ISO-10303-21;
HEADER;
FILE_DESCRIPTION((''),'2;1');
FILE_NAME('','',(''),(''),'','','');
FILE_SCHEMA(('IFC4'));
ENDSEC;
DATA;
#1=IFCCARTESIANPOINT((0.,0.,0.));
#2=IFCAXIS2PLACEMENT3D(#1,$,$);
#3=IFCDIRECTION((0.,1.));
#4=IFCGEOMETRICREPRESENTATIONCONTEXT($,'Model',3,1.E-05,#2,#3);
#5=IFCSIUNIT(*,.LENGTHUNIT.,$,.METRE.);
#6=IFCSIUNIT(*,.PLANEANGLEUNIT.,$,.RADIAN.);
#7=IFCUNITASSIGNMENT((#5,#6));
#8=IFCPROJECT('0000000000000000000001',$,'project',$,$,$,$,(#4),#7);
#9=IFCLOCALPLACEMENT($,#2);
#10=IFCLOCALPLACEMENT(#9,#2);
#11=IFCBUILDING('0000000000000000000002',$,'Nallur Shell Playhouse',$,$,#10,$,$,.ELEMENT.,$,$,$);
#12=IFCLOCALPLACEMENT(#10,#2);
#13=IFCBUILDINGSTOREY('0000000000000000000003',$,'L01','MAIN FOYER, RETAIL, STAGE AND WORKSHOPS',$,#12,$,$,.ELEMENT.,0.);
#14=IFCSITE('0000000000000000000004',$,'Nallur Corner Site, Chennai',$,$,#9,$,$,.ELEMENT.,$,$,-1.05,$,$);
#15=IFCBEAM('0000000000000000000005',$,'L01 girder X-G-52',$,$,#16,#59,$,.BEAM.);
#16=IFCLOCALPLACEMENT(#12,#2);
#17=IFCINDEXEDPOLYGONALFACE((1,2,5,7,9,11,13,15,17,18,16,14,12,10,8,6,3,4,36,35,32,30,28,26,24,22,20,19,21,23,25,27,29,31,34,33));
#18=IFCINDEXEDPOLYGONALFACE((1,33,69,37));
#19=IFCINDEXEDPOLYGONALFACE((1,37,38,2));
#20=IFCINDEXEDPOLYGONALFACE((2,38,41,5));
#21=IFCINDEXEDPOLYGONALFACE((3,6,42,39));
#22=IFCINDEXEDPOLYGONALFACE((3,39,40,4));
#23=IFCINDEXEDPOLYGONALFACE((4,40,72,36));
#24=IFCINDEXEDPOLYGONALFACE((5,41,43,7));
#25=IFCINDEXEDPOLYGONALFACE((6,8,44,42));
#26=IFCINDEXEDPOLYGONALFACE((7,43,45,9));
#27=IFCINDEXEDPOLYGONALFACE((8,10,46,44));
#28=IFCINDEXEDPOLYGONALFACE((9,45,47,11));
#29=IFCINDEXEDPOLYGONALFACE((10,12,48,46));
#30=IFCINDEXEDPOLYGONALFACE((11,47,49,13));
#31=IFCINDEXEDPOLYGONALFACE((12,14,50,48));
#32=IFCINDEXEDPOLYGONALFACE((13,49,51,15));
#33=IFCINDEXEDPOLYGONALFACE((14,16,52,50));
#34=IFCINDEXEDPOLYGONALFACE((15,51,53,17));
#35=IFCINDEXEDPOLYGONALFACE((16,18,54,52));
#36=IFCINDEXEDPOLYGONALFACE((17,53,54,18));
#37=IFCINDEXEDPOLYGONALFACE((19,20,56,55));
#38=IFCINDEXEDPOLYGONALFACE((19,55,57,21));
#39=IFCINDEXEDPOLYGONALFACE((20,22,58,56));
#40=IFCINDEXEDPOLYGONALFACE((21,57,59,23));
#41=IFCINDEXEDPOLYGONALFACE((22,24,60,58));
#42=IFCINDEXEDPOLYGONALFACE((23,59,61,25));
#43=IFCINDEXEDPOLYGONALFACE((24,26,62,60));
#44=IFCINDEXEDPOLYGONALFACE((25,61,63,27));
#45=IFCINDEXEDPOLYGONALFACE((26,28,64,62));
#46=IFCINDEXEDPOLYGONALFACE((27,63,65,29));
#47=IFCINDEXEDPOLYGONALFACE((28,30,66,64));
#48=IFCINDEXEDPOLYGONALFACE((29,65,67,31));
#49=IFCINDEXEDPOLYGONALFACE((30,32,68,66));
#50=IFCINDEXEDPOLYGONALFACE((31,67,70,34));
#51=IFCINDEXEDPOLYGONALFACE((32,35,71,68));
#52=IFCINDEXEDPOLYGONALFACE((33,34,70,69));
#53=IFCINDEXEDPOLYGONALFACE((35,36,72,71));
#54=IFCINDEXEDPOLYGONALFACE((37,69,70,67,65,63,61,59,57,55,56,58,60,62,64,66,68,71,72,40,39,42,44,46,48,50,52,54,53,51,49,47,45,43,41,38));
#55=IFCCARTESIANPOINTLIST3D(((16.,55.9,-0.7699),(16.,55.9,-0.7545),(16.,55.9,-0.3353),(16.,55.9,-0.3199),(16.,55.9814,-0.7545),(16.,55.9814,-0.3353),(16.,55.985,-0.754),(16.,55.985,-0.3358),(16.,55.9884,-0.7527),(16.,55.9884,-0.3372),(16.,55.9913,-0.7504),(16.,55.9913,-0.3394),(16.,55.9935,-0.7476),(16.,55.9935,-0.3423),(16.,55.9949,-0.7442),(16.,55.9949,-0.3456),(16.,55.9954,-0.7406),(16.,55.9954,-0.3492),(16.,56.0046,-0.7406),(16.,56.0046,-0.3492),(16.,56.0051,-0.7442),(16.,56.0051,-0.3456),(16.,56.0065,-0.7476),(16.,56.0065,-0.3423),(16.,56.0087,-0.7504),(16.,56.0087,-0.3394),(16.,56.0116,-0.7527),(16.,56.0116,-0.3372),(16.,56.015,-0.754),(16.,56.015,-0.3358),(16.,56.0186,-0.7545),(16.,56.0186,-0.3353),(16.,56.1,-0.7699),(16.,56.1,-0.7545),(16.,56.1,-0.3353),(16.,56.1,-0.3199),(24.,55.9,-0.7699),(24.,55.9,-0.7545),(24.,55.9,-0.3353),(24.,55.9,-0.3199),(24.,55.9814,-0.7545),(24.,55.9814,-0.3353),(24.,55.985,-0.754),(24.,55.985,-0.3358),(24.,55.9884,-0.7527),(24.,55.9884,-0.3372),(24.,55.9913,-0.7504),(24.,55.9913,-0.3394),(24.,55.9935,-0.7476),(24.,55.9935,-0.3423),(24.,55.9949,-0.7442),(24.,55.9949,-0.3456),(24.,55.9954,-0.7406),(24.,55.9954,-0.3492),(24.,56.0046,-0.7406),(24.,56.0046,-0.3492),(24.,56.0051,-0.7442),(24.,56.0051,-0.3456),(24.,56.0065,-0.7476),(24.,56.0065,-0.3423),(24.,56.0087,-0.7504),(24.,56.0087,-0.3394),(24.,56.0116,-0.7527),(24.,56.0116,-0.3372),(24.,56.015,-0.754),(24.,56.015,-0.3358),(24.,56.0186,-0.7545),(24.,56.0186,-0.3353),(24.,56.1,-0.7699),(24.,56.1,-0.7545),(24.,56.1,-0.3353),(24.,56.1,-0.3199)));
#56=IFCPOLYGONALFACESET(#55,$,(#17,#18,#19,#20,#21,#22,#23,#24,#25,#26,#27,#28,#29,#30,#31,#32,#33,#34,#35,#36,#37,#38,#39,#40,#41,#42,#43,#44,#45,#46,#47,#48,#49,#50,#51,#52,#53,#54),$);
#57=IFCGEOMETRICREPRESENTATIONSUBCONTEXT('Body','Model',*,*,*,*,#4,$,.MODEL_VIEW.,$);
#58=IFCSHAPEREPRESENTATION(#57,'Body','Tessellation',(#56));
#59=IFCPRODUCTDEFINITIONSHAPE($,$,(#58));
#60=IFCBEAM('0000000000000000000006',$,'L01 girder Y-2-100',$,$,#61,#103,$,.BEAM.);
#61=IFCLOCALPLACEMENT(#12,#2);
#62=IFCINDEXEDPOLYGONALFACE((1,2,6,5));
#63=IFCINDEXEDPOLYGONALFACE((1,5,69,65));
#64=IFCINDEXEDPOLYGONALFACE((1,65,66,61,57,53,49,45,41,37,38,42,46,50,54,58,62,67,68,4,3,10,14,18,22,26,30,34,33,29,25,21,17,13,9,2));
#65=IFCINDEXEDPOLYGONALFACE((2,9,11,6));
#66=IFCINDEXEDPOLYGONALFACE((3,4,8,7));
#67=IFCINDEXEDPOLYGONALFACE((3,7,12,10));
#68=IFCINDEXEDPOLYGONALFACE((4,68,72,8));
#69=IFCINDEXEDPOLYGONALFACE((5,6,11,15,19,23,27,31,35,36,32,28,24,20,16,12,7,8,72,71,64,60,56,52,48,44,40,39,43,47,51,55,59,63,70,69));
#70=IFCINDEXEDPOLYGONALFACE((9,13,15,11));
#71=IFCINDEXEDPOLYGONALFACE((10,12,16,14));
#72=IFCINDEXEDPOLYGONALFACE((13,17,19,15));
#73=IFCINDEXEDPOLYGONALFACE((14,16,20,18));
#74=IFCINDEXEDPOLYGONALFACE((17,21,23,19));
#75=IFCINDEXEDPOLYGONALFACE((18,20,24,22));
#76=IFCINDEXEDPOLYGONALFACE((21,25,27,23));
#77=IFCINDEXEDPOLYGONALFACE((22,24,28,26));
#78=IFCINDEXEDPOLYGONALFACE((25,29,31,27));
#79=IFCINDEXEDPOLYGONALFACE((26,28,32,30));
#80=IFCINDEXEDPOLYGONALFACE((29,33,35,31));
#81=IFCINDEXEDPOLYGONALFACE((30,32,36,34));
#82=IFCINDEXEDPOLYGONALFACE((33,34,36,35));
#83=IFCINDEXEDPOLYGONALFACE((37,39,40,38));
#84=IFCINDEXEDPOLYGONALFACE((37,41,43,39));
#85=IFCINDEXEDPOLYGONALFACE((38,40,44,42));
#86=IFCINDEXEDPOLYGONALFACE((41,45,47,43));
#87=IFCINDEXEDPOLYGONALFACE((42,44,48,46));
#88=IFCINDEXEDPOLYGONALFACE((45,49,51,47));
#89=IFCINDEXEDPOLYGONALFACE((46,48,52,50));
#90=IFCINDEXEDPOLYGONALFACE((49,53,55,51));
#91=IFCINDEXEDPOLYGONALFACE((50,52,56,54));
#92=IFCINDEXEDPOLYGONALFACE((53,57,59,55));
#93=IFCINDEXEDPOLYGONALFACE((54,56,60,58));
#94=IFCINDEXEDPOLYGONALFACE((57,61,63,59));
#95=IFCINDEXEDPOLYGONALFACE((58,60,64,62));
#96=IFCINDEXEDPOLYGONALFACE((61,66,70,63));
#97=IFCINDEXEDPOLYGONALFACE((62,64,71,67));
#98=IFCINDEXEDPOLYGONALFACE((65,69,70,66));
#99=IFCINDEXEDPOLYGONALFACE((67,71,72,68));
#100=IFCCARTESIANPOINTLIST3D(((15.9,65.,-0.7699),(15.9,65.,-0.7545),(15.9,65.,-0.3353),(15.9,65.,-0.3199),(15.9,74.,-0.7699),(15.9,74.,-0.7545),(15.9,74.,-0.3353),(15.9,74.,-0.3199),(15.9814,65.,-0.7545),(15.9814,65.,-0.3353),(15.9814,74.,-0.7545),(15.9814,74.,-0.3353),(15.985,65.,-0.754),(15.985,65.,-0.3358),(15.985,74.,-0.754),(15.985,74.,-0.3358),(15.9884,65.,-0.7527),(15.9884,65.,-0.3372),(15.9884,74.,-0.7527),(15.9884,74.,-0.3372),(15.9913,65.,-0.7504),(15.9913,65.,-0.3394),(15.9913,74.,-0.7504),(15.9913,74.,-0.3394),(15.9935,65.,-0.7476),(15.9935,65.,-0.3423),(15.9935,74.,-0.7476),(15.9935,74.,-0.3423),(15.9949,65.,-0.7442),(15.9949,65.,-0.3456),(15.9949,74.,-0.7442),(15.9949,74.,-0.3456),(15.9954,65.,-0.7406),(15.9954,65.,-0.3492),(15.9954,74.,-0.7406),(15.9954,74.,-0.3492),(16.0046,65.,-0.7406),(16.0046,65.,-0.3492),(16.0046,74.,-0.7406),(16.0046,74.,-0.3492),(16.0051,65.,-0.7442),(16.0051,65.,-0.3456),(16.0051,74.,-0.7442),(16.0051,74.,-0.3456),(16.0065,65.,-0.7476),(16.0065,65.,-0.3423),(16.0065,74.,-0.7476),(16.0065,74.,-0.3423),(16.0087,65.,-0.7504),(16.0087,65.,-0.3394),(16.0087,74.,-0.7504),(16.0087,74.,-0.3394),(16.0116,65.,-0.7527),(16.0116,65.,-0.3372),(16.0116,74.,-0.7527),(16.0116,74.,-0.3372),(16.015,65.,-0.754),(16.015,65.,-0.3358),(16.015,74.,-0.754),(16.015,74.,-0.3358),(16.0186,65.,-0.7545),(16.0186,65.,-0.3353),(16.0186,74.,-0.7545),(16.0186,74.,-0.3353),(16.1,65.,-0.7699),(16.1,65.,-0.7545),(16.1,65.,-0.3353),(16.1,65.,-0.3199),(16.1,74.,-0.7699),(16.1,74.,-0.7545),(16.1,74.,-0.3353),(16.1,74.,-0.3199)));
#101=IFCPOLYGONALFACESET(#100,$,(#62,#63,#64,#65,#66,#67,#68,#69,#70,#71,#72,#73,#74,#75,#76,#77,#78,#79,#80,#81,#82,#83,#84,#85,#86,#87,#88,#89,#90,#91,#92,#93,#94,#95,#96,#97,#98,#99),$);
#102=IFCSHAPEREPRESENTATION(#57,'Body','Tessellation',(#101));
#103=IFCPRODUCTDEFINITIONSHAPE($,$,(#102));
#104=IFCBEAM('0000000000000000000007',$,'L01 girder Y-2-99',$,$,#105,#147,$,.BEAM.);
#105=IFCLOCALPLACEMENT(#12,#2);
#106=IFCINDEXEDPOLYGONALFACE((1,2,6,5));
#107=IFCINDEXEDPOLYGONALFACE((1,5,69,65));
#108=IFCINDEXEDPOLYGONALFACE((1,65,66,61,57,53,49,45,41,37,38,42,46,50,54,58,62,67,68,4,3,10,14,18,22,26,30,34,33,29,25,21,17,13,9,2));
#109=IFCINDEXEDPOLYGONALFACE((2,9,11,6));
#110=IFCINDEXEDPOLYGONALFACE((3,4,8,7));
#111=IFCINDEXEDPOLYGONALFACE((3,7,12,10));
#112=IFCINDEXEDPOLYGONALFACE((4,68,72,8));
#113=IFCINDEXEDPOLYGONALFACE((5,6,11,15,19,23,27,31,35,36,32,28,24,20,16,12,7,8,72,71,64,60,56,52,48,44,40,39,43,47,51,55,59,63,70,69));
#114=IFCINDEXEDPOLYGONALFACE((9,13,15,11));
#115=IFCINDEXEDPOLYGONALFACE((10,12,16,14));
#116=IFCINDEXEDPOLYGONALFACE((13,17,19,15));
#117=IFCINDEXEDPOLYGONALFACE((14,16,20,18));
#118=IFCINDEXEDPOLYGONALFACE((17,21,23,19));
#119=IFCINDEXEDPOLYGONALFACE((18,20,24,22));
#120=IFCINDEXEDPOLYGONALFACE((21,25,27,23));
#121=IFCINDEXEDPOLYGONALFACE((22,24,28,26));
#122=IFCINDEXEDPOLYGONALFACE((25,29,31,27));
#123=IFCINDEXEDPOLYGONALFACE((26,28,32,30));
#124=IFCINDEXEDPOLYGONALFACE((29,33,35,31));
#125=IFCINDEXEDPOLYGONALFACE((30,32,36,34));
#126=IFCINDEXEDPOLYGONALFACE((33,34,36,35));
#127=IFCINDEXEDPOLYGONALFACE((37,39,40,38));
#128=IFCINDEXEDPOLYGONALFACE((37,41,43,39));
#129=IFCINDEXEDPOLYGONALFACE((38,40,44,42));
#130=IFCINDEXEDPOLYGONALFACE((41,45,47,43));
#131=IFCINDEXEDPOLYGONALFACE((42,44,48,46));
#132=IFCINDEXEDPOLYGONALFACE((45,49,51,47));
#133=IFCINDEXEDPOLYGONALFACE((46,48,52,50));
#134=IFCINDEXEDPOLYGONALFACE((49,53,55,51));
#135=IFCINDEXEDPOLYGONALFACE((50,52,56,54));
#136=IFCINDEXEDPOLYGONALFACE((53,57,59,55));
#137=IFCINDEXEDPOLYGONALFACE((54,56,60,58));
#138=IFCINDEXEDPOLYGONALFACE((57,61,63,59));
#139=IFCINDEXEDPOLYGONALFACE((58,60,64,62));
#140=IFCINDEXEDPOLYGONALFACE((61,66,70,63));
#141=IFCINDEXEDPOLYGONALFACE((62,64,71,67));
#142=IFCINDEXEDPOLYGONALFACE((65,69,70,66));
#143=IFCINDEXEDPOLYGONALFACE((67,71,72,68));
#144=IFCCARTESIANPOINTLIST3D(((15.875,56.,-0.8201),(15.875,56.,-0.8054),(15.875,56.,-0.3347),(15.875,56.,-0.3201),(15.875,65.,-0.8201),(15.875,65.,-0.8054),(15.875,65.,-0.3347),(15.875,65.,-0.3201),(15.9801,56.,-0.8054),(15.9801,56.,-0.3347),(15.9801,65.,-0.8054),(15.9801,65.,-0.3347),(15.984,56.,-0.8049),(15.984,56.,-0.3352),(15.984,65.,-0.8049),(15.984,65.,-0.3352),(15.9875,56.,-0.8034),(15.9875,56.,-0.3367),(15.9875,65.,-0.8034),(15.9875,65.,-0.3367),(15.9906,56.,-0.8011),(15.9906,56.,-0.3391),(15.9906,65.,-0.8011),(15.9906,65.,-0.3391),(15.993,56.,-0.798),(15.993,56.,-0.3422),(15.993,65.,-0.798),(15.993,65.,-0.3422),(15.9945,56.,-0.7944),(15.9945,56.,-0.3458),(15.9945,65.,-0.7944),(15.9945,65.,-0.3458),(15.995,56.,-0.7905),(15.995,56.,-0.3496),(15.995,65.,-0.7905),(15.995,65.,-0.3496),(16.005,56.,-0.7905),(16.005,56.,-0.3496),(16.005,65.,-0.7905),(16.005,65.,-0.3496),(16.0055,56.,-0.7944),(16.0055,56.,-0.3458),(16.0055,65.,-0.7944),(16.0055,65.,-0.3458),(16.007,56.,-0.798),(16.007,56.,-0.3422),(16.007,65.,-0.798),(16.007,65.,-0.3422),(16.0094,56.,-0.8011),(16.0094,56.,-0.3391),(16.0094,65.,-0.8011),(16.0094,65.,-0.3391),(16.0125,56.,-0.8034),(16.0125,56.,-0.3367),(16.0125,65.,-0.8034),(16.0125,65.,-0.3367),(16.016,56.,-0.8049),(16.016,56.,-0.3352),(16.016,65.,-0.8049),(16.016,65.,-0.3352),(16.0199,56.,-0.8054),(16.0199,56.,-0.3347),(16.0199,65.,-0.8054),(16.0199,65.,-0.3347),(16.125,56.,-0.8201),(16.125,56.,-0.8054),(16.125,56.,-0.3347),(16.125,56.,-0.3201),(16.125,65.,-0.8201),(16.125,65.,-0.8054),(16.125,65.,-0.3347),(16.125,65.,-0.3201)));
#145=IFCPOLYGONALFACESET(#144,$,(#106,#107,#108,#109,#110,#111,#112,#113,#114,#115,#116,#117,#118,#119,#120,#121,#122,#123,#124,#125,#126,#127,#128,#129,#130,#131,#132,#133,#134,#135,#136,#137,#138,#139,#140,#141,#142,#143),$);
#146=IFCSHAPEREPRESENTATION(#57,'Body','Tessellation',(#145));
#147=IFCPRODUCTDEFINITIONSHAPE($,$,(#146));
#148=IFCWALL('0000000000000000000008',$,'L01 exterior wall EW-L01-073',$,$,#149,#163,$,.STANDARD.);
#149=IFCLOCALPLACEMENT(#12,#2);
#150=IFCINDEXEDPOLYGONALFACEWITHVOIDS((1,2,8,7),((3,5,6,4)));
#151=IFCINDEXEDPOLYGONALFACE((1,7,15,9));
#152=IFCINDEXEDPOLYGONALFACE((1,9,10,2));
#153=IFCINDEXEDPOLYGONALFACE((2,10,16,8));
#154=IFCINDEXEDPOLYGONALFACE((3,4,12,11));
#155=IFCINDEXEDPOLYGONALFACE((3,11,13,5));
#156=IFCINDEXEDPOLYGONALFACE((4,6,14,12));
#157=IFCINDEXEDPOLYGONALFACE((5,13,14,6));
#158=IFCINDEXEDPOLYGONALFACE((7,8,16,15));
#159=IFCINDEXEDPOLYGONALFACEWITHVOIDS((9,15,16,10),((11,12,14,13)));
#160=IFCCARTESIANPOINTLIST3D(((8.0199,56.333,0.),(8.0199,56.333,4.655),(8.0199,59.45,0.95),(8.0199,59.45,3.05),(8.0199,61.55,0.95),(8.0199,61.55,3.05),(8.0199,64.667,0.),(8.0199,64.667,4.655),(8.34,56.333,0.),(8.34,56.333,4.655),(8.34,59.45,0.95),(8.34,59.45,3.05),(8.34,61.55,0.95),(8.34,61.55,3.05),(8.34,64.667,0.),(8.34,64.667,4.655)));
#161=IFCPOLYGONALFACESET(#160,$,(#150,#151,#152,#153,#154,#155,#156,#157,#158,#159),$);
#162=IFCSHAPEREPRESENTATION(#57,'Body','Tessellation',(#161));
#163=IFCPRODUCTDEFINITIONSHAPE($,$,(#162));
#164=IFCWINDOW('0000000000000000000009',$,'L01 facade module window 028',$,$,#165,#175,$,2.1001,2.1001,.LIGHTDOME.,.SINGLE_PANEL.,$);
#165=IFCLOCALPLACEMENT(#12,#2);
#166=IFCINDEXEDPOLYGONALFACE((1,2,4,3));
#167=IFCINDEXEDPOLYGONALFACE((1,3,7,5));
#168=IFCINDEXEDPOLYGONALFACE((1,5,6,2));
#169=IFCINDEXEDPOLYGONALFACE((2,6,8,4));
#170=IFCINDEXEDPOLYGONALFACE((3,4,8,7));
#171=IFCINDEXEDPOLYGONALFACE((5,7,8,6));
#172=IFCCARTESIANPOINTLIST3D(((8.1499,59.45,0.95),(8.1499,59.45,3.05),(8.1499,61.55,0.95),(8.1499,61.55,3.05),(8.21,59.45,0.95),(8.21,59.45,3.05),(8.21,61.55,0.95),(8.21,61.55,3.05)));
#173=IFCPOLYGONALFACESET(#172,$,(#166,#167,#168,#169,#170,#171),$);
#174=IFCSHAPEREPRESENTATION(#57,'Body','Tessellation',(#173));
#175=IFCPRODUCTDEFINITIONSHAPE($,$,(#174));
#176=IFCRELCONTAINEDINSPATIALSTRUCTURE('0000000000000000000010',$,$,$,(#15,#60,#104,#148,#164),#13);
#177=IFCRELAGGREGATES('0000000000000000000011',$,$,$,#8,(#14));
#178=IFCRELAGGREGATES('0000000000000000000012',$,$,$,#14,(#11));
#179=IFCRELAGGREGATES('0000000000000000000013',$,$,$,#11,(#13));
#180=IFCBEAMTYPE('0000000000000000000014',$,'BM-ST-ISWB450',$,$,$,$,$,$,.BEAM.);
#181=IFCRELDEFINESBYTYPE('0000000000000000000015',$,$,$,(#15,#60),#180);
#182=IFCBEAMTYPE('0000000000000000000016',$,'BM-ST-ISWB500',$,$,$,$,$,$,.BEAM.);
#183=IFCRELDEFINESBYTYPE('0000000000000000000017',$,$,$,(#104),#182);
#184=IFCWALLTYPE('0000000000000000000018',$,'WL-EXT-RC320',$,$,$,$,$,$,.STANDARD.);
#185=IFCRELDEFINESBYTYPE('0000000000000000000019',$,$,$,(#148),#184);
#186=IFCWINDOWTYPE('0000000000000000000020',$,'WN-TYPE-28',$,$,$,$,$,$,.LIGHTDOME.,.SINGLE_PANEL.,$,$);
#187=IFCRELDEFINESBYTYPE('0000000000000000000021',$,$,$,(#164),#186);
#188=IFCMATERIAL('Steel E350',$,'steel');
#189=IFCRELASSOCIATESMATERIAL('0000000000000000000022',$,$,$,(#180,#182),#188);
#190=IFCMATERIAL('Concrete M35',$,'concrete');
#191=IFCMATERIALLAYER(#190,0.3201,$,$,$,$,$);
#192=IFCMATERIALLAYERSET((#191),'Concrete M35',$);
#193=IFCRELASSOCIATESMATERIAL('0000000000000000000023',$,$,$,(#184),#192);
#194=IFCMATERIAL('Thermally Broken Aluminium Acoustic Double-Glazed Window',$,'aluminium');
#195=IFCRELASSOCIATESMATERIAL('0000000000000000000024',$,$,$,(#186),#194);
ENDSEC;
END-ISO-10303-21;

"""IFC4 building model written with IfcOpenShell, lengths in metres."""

from ifc_helpers import new_model, si_unit, direction, frame, frame_2d, origin, origin_2d, place, context, subcontext, project, spatial, rectangle, i_section, extrude, material, layer, layer_set, material_profile, profile_set, type_object, element, fill, save


model = new_model("IFC4")

# Units and contexts
model_context = context("Model", 3, precision=1e-05, world=origin(), true_north=direction((0.0, 1.0)))
body_context = subcontext(model_context, "Body", "Model", "MODEL_VIEW")
ifc_project = project(units=[si_unit("LENGTHUNIT", "METRE"), si_unit("PLANEANGLEUNIT", "RADIAN")], contexts=[model_context])

# Site, building, storey
site_placement = place(None, origin())
site = spatial("IfcSite", under=ifc_project, at=site_placement, Name="Nallur Corner Site, Chennai", CompositionType="ELEMENT", RefElevation=-1.05)
building_placement = place(site_placement, origin())
building = spatial("IfcBuilding", under=site, at=building_placement, Name="Nallur Shell Playhouse", CompositionType="ELEMENT")
storey_placement = place(building_placement, origin())
storey = spatial("IfcBuildingStorey", under=building, at=storey_placement, Name="L01", Description="MAIN FOYER, RETAIL, STAGE AND WORKSHOPS", CompositionType="ELEMENT", Elevation=0.0)

# Shared definitions
ifc_material_1 = material(Name="Concrete M35", Category="concrete")

# Beams
ifc_material_2 = material(Name="Steel E350", Category="steel")
ifc_material_profile_1 = material_profile(ifc_material_2, i_section(OverallWidth=0.2, OverallDepth=0.45, WebThickness=0.0093, FlangeThickness=0.0154, FilletRadius=0.0139, at=origin_2d()), Name="ISWB 450")
ifc_profile_set_1 = profile_set([ifc_material_profile_1], Name="Steel E350")
beam_type_1 = type_object("IfcBeamType", Name="BM-ST-ISWB450", PredefinedType="BEAM", material=ifc_profile_set_1)
beam_1_placement = place(storey_placement, frame((16.0, 56.0, -0.5449), z_axis=(1.0, 0.0, 0.0), x_axis=(0.0, 1.0, 0.0)))
element("IfcBeam", 1, at=beam_1_placement, inside=storey, type_object=beam_type_1, Name="L01 girder X-G-52", PredefinedType="BEAM", context=body_context, shape_type="SweptSolid", body=[
    extrude(i_section(OverallWidth=0.2, OverallDepth=0.45, WebThickness=0.0093, FlangeThickness=0.0154, FilletRadius=0.0139, at=origin_2d()), origin(), (0.0, 0.0, 1.0), 8.0),
])
beam_2_placement = place(storey_placement, frame((16.0, 65.0, -0.5449), z_axis=(0.0, 1.0, 0.0), x_axis=(-1.0, 0.0, 0.0)))
element("IfcBeam", 2, at=beam_2_placement, inside=storey, type_object=beam_type_1, Name="L01 girder Y-2-100", PredefinedType="BEAM", context=body_context, shape_type="SweptSolid", body=[
    extrude(i_section(OverallWidth=0.2, OverallDepth=0.45, WebThickness=0.0093, FlangeThickness=0.0154, FilletRadius=0.0139, at=origin_2d()), origin(), (0.0, 0.0, 1.0), 9.0),
])
ifc_material_profile_2 = material_profile(ifc_material_2, i_section(OverallWidth=0.25, OverallDepth=0.5, WebThickness=0.01, FlangeThickness=0.0146, FilletRadius=0.0149, at=origin_2d()), Name="ISWB 500")
ifc_profile_set_2 = profile_set([ifc_material_profile_2], Name="Steel E350")
beam_type_2 = type_object("IfcBeamType", Name="BM-ST-ISWB500", PredefinedType="BEAM", material=ifc_profile_set_2)
beam_3_placement = place(storey_placement, frame((16.0, 56.0, -0.5701), z_axis=(0.0, 1.0, 0.0), x_axis=(-1.0, 0.0, 0.0)))
element("IfcBeam", 3, at=beam_3_placement, inside=storey, type_object=beam_type_2, Name="L01 girder Y-2-99", PredefinedType="BEAM", context=body_context, shape_type="SweptSolid", body=[
    extrude(i_section(OverallWidth=0.25, OverallDepth=0.5, WebThickness=0.01, FlangeThickness=0.0146, FilletRadius=0.0149, at=origin_2d()), origin(), (0.0, 0.0, 1.0), 9.0),
])

# Wall, opening, window
ifc_layer_1 = layer(ifc_material_1, 0.3201)
ifc_layer_set_1 = layer_set([ifc_layer_1], Name="Concrete M35")
wall_type_1 = type_object("IfcWallType", Name="WL-EXT-RC320", PredefinedType="STANDARD", material=ifc_layer_set_1)
wall_1_placement = place(storey_placement, frame((8.1799, 56.333, 0.0), z_axis=(0.0, 0.0, 1.0), x_axis=(0.0, 1.0, 0.0)))
wall_1 = element("IfcWall", 4, at=wall_1_placement, inside=storey, type_object=wall_type_1, Name="L01 exterior wall EW-L01-073", PredefinedType="STANDARD", context=body_context, shape_type="SweptSolid", body=[
    extrude(rectangle(XDim=8.334, YDim=0.3201, at=frame_2d((4.167, 0.0))), origin(), (0.0, 0.0, 1.0), 4.655),
])
opening_1_placement = place(wall_1_placement, frame((3.1169, 0.0, 0.95)))
opening_1 = element("IfcOpeningElement", 5, at=opening_1_placement, cuts=wall_1, PredefinedType="OPENING", context=body_context, shape_type="SweptSolid", body=[
    extrude(rectangle(XDim=2.1001, YDim=2.1001, at=frame_2d((1.05, 1.05))), frame((0.0, 0.1699, 0.0), z_axis=(0.0, -1.0, 0.0), x_axis=(1.0, 0.0, 0.0)), (0.0, 0.0, 1.0), 0.3401),
])
ifc_material_3 = material(Name="Thermally Broken Aluminium Acoustic Double-Glazed Window", Category="aluminium")
window_type_1 = type_object("IfcWindowType", Name="WN-TYPE-28", PartitioningType="SINGLE_PANEL", PredefinedType="LIGHTDOME", material=ifc_material_3)
window_1_placement = place(opening_1_placement, origin())
window_1 = element("IfcWindow", 6, at=window_1_placement, inside=storey, type_object=window_type_1, Name="L01 facade module window 028", OverallHeight=2.1001, OverallWidth=2.1001, PartitioningType="SINGLE_PANEL", PredefinedType="LIGHTDOME", context=body_context, shape_type="SweptSolid", body=[
    extrude(rectangle(XDim=2.1001, YDim=2.1001, at=frame_2d((1.05, 1.05))), frame((0.0, 0.03, 0.0), z_axis=(0.0, -1.0, 0.0), x_axis=(1.0, 0.0, 0.0)), (0.0, 0.0, 1.0), 0.0601),
])
fill(opening_1, window_1)

save(model, "model.ifc")
